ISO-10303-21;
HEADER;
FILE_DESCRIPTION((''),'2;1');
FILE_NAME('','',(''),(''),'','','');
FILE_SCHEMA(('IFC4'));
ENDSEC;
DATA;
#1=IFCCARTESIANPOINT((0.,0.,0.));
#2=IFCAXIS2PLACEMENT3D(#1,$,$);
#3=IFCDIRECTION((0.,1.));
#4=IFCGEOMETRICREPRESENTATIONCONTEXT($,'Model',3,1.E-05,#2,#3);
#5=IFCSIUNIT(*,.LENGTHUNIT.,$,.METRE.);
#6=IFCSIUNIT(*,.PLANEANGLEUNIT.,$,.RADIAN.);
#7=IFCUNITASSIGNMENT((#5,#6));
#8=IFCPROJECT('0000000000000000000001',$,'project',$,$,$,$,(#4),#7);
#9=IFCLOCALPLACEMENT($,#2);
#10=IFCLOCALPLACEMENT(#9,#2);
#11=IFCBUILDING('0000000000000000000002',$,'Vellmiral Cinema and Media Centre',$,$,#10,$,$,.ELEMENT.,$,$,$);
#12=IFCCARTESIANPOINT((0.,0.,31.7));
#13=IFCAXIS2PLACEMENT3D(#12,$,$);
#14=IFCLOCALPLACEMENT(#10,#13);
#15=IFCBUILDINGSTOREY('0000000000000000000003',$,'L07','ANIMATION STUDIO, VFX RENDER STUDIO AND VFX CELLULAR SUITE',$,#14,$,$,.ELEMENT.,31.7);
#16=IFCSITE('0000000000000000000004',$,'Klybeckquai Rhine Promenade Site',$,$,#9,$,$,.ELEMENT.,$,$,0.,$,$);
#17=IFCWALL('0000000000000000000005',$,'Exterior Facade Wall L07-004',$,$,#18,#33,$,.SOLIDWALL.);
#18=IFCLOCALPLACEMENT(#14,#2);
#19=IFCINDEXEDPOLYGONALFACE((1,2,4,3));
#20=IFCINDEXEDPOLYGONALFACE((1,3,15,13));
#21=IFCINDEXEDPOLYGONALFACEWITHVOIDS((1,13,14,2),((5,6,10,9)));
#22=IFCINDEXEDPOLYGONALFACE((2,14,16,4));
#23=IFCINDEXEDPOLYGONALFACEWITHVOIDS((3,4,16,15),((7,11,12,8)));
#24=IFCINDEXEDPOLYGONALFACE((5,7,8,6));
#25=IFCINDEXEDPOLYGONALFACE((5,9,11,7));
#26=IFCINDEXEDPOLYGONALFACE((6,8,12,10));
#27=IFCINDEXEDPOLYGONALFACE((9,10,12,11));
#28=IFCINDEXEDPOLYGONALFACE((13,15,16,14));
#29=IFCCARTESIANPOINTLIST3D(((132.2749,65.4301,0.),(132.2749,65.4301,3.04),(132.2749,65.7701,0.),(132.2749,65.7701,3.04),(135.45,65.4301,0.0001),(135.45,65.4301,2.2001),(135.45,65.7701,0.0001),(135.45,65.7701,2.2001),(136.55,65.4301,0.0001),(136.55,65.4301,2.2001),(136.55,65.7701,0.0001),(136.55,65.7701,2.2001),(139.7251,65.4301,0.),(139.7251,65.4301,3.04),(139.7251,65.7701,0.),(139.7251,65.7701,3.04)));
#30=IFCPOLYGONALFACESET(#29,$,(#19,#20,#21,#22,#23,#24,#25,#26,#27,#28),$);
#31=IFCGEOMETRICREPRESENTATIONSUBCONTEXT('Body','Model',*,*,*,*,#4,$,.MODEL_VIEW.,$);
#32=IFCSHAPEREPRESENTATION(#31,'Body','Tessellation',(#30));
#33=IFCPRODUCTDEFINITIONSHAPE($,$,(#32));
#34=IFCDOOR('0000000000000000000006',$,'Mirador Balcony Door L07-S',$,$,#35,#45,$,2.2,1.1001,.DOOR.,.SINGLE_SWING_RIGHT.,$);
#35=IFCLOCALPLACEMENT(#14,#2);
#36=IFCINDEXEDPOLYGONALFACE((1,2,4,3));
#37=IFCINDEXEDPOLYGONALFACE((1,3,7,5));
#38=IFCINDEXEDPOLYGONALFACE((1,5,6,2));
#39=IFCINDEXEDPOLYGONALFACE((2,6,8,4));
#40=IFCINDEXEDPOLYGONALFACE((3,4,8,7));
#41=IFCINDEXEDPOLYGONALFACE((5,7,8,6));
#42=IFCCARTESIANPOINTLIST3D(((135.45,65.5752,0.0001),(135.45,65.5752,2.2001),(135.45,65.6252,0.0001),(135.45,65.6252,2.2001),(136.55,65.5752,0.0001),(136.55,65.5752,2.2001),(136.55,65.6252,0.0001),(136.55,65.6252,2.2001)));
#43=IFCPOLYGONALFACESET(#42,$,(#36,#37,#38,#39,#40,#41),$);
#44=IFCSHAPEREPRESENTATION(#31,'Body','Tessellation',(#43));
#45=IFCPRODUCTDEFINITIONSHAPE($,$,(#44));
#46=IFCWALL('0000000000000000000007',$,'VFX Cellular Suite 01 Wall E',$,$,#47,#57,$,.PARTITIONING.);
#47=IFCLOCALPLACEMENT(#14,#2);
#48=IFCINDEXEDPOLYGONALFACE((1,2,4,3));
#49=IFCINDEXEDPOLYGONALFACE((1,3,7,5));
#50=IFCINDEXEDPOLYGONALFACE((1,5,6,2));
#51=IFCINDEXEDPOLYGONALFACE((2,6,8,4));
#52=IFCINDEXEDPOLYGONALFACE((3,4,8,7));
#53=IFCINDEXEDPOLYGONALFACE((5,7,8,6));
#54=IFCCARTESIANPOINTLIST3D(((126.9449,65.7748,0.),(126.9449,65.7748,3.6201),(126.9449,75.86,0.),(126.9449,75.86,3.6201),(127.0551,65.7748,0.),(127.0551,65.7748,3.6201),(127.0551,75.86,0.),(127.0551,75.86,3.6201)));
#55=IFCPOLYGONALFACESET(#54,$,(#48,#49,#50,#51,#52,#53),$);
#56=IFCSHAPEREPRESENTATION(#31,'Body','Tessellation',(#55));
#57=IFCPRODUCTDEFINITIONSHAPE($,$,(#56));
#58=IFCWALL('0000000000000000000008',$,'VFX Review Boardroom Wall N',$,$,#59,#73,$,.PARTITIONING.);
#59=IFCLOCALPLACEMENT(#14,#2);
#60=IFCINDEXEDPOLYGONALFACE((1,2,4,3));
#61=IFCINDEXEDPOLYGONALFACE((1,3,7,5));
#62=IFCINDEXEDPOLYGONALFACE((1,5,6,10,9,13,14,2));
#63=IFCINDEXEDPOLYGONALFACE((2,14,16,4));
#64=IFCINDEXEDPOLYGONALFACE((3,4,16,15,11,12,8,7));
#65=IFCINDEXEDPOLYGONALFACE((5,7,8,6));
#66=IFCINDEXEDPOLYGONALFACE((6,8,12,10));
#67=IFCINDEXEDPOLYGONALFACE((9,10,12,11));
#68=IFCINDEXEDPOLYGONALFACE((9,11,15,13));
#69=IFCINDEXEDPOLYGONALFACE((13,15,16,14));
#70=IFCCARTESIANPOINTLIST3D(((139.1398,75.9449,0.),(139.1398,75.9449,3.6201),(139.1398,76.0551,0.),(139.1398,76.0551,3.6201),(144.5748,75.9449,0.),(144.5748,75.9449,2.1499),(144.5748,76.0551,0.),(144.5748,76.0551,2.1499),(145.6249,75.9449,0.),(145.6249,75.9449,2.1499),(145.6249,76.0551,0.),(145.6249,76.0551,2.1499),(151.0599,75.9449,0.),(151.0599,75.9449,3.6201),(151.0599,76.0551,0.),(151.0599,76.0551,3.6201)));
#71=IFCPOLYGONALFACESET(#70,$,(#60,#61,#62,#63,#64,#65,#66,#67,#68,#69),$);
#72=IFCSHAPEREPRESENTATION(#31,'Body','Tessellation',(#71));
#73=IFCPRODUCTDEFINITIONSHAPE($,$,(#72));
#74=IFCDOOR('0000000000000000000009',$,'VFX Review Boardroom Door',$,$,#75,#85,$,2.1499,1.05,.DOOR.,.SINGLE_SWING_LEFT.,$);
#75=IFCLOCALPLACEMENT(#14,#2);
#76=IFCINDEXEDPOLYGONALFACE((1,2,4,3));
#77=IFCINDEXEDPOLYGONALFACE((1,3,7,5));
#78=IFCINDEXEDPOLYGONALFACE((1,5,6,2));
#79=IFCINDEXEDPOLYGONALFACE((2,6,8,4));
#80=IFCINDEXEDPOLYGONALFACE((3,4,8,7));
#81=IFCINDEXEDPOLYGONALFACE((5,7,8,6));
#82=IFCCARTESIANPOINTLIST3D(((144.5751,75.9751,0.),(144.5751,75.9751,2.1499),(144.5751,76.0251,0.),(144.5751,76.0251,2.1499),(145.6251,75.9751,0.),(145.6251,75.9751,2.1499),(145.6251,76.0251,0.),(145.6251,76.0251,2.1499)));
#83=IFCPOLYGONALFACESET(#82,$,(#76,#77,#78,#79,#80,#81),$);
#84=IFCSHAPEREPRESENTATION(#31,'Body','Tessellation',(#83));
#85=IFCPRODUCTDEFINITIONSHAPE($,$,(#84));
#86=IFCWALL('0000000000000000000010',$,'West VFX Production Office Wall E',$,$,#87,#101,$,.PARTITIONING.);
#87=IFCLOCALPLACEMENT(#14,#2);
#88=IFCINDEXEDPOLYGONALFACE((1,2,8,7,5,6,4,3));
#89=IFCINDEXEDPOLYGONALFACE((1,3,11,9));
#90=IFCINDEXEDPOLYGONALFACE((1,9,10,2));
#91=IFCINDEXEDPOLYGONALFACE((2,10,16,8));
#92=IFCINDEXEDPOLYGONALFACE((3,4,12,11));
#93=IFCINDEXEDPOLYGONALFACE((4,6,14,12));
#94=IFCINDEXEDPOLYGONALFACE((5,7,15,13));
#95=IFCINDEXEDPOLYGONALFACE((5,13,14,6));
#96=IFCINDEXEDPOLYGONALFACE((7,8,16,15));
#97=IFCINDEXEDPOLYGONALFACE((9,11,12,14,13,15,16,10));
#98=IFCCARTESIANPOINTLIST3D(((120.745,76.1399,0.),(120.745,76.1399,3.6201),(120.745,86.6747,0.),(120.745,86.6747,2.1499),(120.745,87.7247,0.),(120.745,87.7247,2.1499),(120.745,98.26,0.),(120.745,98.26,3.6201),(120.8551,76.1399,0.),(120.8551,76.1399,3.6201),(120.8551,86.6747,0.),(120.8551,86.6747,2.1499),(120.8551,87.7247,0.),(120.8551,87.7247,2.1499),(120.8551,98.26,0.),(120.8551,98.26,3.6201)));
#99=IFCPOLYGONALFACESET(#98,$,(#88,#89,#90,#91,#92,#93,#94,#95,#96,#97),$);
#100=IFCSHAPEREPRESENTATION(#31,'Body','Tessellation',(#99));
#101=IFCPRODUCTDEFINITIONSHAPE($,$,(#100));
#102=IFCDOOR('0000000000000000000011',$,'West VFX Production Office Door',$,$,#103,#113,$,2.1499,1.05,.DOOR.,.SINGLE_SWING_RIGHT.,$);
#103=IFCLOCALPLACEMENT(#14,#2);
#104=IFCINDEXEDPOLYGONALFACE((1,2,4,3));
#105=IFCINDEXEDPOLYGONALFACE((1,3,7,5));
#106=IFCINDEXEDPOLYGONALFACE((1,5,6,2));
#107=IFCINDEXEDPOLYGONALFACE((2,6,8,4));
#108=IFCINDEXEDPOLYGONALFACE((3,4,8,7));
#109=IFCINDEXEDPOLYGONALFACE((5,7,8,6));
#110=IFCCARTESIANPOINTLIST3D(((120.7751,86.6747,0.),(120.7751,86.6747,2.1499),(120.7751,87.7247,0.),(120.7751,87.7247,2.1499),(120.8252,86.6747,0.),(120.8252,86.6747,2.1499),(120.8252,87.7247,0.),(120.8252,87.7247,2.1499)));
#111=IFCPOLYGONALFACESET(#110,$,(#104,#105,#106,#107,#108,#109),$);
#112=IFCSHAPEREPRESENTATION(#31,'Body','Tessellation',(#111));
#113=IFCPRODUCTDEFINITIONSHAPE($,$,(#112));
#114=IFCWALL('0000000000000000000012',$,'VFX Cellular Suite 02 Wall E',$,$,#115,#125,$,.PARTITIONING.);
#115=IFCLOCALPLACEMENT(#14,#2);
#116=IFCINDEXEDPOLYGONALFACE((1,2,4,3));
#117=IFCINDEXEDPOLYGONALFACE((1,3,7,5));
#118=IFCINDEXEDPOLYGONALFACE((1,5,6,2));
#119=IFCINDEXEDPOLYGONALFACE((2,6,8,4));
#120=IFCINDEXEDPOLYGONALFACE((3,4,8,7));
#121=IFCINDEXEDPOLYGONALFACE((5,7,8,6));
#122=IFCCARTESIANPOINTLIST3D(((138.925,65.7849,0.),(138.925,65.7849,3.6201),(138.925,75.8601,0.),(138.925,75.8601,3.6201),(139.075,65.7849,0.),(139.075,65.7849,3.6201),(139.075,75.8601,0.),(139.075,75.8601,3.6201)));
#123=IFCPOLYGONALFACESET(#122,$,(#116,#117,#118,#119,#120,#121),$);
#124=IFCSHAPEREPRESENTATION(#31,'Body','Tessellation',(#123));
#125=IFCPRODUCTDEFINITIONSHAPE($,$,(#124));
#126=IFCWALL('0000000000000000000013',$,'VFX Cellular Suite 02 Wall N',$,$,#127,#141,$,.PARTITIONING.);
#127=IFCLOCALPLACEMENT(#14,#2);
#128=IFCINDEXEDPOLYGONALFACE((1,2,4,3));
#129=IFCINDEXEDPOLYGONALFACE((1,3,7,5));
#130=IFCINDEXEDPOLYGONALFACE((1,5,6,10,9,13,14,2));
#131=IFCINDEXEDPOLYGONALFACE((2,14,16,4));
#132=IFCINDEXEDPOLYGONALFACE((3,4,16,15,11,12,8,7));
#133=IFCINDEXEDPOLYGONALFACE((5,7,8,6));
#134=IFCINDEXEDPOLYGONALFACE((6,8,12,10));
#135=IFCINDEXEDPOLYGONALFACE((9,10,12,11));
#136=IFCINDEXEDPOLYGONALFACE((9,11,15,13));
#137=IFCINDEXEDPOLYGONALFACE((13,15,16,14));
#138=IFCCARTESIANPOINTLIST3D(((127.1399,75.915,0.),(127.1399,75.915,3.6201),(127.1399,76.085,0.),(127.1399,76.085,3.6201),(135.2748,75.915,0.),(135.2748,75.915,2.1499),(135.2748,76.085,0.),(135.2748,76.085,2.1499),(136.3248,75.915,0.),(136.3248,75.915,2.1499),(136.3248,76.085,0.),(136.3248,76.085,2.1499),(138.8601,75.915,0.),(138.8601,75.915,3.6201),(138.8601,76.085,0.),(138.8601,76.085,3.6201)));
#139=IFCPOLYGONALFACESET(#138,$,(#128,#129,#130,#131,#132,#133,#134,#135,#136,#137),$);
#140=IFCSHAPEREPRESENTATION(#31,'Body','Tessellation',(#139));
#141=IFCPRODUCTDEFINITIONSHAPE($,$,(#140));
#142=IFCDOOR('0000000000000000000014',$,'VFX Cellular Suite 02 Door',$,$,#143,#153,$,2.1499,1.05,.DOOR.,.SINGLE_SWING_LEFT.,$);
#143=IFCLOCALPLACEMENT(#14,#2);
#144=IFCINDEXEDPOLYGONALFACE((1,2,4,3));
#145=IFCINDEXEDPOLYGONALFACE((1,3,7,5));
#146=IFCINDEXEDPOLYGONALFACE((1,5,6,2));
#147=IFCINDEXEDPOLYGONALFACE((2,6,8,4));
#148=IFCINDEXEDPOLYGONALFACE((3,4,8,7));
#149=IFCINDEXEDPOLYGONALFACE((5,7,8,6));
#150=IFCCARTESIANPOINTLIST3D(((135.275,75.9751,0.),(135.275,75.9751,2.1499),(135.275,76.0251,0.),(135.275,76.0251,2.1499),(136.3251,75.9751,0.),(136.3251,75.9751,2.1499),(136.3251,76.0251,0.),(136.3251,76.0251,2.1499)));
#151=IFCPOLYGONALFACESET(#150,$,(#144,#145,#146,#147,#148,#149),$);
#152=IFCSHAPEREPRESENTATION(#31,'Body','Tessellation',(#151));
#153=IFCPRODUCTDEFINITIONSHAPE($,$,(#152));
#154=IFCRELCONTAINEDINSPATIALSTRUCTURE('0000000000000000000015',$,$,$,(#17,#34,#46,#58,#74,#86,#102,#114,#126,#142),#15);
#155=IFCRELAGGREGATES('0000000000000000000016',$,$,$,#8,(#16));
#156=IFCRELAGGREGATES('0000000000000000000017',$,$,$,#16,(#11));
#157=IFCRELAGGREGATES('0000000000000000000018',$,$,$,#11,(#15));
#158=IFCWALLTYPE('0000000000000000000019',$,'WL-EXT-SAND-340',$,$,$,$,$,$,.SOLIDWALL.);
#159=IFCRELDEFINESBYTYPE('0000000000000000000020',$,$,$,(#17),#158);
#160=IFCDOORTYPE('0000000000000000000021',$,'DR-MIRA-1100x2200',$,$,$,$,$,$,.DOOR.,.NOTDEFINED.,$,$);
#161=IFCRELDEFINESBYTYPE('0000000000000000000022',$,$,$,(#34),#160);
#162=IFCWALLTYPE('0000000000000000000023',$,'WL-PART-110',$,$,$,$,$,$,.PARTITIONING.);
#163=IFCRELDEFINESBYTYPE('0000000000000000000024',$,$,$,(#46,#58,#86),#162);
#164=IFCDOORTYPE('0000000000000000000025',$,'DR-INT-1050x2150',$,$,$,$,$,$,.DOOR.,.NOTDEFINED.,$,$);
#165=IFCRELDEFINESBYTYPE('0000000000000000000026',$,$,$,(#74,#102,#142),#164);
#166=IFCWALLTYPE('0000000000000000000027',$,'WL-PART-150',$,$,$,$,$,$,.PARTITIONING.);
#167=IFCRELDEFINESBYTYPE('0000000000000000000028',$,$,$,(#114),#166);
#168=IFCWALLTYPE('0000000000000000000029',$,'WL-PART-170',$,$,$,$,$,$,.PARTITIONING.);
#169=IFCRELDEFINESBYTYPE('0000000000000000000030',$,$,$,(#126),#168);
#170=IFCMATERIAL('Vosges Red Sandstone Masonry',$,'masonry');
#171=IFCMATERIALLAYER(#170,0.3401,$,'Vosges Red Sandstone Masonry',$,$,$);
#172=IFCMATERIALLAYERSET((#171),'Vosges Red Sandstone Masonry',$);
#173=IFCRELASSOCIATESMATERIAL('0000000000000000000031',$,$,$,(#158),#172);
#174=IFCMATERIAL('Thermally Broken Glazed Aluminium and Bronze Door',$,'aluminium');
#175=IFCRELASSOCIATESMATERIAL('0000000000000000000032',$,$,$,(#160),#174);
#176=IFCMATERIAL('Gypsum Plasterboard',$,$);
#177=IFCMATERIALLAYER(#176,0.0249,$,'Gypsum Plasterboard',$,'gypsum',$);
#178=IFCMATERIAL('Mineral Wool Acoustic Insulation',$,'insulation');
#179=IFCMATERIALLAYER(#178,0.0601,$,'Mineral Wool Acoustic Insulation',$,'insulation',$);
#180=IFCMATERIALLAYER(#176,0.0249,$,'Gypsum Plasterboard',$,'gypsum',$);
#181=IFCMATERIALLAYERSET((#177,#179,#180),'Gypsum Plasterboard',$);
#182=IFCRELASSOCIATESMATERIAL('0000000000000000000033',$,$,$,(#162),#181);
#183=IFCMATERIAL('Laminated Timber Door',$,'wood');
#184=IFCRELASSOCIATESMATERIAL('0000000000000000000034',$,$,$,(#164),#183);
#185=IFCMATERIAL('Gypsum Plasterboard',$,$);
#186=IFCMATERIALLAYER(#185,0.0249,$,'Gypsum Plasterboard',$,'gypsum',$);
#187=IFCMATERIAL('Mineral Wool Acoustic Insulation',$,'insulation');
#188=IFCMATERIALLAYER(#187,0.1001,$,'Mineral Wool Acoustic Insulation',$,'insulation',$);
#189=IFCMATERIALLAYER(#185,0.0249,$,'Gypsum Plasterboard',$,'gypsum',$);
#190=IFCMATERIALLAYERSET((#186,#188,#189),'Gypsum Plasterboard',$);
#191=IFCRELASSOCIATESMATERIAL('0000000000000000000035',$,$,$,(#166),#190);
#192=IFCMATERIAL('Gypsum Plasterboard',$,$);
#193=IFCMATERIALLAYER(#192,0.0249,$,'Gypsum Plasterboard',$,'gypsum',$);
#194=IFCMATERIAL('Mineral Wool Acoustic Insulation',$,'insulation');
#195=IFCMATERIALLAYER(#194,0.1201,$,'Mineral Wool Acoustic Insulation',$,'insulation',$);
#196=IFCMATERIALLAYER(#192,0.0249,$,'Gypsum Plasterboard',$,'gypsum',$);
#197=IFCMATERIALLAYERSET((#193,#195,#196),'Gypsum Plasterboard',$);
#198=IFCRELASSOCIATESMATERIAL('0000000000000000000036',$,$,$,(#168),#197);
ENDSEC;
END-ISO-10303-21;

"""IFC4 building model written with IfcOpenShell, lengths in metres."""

from ifc_helpers import new_model, si_unit, direction, frame, frame_2d, origin, place, context, subcontext, project, spatial, rectangle, extrude, material, layer, layer_set, type_object, element, fill, save


model = new_model("IFC4")

# Units and contexts
model_context = context("Model", 3, precision=1e-05, world=origin(), true_north=direction((0.0, 1.0)))
body_context = subcontext(model_context, "Body", "Model", "MODEL_VIEW")
ifc_project = project(units=[si_unit("LENGTHUNIT", "METRE"), si_unit("PLANEANGLEUNIT", "RADIAN")], contexts=[model_context])

# Site, building, storey
site_placement = place(None, origin())
site = spatial("IfcSite", under=ifc_project, at=site_placement, Name="Klybeckquai Rhine Promenade Site", CompositionType="ELEMENT", RefElevation=0.0)
building_placement = place(site_placement, origin())
building = spatial("IfcBuilding", under=site, at=building_placement, Name="Vellmiral Cinema and Media Centre", CompositionType="ELEMENT")
storey_placement = place(building_placement, frame((0.0, 0.0, 31.7)))
storey = spatial("IfcBuildingStorey", under=building, at=storey_placement, Name="L07", Description="ANIMATION STUDIO, VFX RENDER STUDIO AND VFX CELLULAR SUITE", CompositionType="ELEMENT", Elevation=31.7)

# Wall, opening, door
ifc_material_1 = material(Name="Vosges Red Sandstone Masonry", Category="masonry")
ifc_layer_1 = layer(ifc_material_1, 0.3401, Name="Vosges Red Sandstone Masonry")
ifc_layer_set_1 = layer_set([ifc_layer_1], Name="Vosges Red Sandstone Masonry")
wall_type_1 = type_object("IfcWallType", Name="WL-EXT-SAND-340", PredefinedType="SOLIDWALL", material=ifc_layer_set_1)
wall_1_placement = place(storey_placement, frame((132.2749, 65.6001, 0.0), z_axis=(0.0, 0.0, 1.0), x_axis=(1.0, 0.0, 0.0)))
wall_1 = element("IfcWall", 1, at=wall_1_placement, inside=storey, type_object=wall_type_1, Name="Exterior Facade Wall L07-004", PredefinedType="SOLIDWALL", context=body_context, shape_type="SweptSolid", body=[
    extrude(rectangle(XDim=7.4502, YDim=0.3401, at=frame_2d((3.7251, 0.0))), origin(), (0.0, 0.0, 1.0), 3.04),
])
opening_1_placement = place(wall_1_placement, frame((3.175, 0.0, 0.0)))
opening_1 = element("IfcOpeningElement", 2, at=opening_1_placement, cuts=wall_1, PredefinedType="OPENING", context=body_context, shape_type="SweptSolid", body=[
    extrude(rectangle(XDim=1.1001, YDim=2.2, at=frame_2d((0.55, 1.1001))), frame((0.0, 0.1821, 0.0), z_axis=(0.0, -1.0, 0.0), x_axis=(1.0, 0.0, 0.0)), (0.0, 0.0, 1.0), 0.364),
])
ifc_material_2 = material(Name="Thermally Broken Glazed Aluminium and Bronze Door", Category="aluminium")
door_type_1 = type_object("IfcDoorType", Name="DR-MIRA-1100x2200", OperationType="NOTDEFINED", PredefinedType="DOOR", material=ifc_material_2)
door_1_placement = place(opening_1_placement, frame((1.1001, 0.0, 0.0), z_axis=(0.0, 0.0, 1.0), x_axis=(-1.0, 0.0, 0.0)))
door_1 = element("IfcDoor", 3, at=door_1_placement, inside=storey, type_object=door_type_1, Name="Mirador Balcony Door L07-S", OperationType="SINGLE_SWING_RIGHT", OverallHeight=2.2, OverallWidth=1.1001, PredefinedType="DOOR", context=body_context, shape_type="SweptSolid", body=[
    extrude(rectangle(XDim=1.1001, YDim=2.2, at=frame_2d((0.55, 1.1001))), frame((0.0, 0.0249, 0.0), z_axis=(0.0, -1.0, 0.0), x_axis=(1.0, 0.0, 0.0)), (0.0, 0.0, 1.0), 0.05),
])
fill(opening_1, door_1)

# Wall
ifc_material_3 = material(Name="Gypsum Plasterboard")
ifc_layer_2 = layer(ifc_material_3, 0.0249, Name="Gypsum Plasterboard", Category="gypsum")
ifc_material_4 = material(Name="Mineral Wool Acoustic Insulation", Category="insulation")
ifc_layer_3 = layer(ifc_material_4, 0.0601, Name="Mineral Wool Acoustic Insulation", Category="insulation")
ifc_layer_4 = layer(ifc_material_3, 0.0249, Name="Gypsum Plasterboard", Category="gypsum")
ifc_layer_set_2 = layer_set([ifc_layer_2, ifc_layer_3, ifc_layer_4], Name="Gypsum Plasterboard")
wall_type_2 = type_object("IfcWallType", Name="WL-PART-110", PredefinedType="PARTITIONING", material=ifc_layer_set_2)
wall_2_placement = place(storey_placement, frame((127.0, 65.7749, 0.0), z_axis=(0.0, 0.0, 1.0), x_axis=(0.0, 1.0, 0.0)))
element("IfcWall", 4, at=wall_2_placement, inside=storey, type_object=wall_type_2, Name="VFX Cellular Suite 01 Wall E", PredefinedType="PARTITIONING", context=body_context, shape_type="SweptSolid", body=[
    extrude(rectangle(XDim=10.0852, YDim=0.1101, at=frame_2d((5.0425, 0.0))), origin(), (0.0, 0.0, 1.0), 3.6201),
])

# Walls, openings, doors
wall_3_placement = place(storey_placement, frame((139.1399, 76.0, 0.0), z_axis=(0.0, 0.0, 1.0), x_axis=(1.0, 0.0, 0.0)))
wall_3 = element("IfcWall", 5, at=wall_3_placement, inside=storey, type_object=wall_type_2, Name="VFX Review Boardroom Wall N", PredefinedType="PARTITIONING", context=body_context, shape_type="SweptSolid", body=[
    extrude(rectangle(XDim=11.9202, YDim=0.1101, at=frame_2d((5.96, 0.0))), origin(), (0.0, 0.0, 1.0), 3.6201),
])
opening_2_placement = place(wall_3_placement, frame((5.4351, 0.0, 0.0)))
opening_2 = element("IfcOpeningElement", 6, at=opening_2_placement, cuts=wall_3, PredefinedType="OPENING", context=body_context, shape_type="SweptSolid", body=[
    extrude(rectangle(XDim=1.05, YDim=2.1499, at=frame_2d((0.5249, 1.075))), frame((0.0, 0.0669, 0.0), z_axis=(0.0, -1.0, 0.0), x_axis=(1.0, 0.0, 0.0)), (0.0, 0.0, 1.0), 0.134),
])
ifc_material_5 = material(Name="Laminated Timber Door", Category="wood")
door_type_2 = type_object("IfcDoorType", Name="DR-INT-1050x2150", OperationType="NOTDEFINED", PredefinedType="DOOR", material=ifc_material_5)
door_2_placement = place(opening_2_placement, frame((1.05, 0.0, 0.0), z_axis=(0.0, 0.0, 1.0), x_axis=(-1.0, 0.0, 0.0)))
door_2 = element("IfcDoor", 7, at=door_2_placement, inside=storey, type_object=door_type_2, Name="VFX Review Boardroom Door", OperationType="SINGLE_SWING_LEFT", OverallHeight=2.1499, OverallWidth=1.05, PredefinedType="DOOR", context=body_context, shape_type="SweptSolid", body=[
    extrude(rectangle(XDim=1.05, YDim=2.1499, at=frame_2d((0.5249, 1.075))), frame((0.0, 0.0249, 0.0), z_axis=(0.0, -1.0, 0.0), x_axis=(1.0, 0.0, 0.0)), (0.0, 0.0, 1.0), 0.05),
])
fill(opening_2, door_2)
wall_4_placement = place(storey_placement, frame((120.8, 76.1399, 0.0), z_axis=(0.0, 0.0, 1.0), x_axis=(0.0, 1.0, 0.0)))
wall_4 = element("IfcWall", 8, at=wall_4_placement, inside=storey, type_object=wall_type_2, Name="West VFX Production Office Wall E", PredefinedType="PARTITIONING", context=body_context, shape_type="SweptSolid", body=[
    extrude(rectangle(XDim=22.1201, YDim=0.1101, at=frame_2d((11.0601, 0.0))), origin(), (0.0, 0.0, 1.0), 3.6201),
])
opening_3_placement = place(wall_4_placement, frame((10.5349, 0.0, 0.0)))
opening_3 = element("IfcOpeningElement", 9, at=opening_3_placement, cuts=wall_4, PredefinedType="OPENING", context=body_context, shape_type="SweptSolid", body=[
    extrude(rectangle(XDim=1.05, YDim=2.1499, at=frame_2d((0.5249, 1.075))), frame((0.0, 0.0669, 0.0), z_axis=(0.0, -1.0, 0.0), x_axis=(1.0, 0.0, 0.0)), (0.0, 0.0, 1.0), 0.134),
])
door_3_placement = place(opening_3_placement, origin())
door_3 = element("IfcDoor", 10, at=door_3_placement, inside=storey, type_object=door_type_2, Name="West VFX Production Office Door", OperationType="SINGLE_SWING_RIGHT", OverallHeight=2.1499, OverallWidth=1.05, PredefinedType="DOOR", context=body_context, shape_type="SweptSolid", body=[
    extrude(rectangle(XDim=1.05, YDim=2.1499, at=frame_2d((0.5249, 1.075))), frame((0.0, 0.0249, 0.0), z_axis=(0.0, -1.0, 0.0), x_axis=(1.0, 0.0, 0.0)), (0.0, 0.0, 1.0), 0.05),
])
fill(opening_3, door_3)

# Wall
ifc_material_6 = material(Name="Gypsum Plasterboard")
ifc_layer_5 = layer(ifc_material_6, 0.0249, Name="Gypsum Plasterboard", Category="gypsum")
ifc_material_7 = material(Name="Mineral Wool Acoustic Insulation", Category="insulation")
ifc_layer_6 = layer(ifc_material_7, 0.1001, Name="Mineral Wool Acoustic Insulation", Category="insulation")
ifc_layer_7 = layer(ifc_material_6, 0.0249, Name="Gypsum Plasterboard", Category="gypsum")
ifc_layer_set_3 = layer_set([ifc_layer_5, ifc_layer_6, ifc_layer_7], Name="Gypsum Plasterboard")
wall_type_3 = type_object("IfcWallType", Name="WL-PART-150", PredefinedType="PARTITIONING", material=ifc_layer_set_3)
wall_5_placement = place(storey_placement, frame((139.0, 65.7849, 0.0), z_axis=(0.0, 0.0, 1.0), x_axis=(0.0, 1.0, 0.0)))
element("IfcWall", 11, at=wall_5_placement, inside=storey, type_object=wall_type_3, Name="VFX Cellular Suite 02 Wall E", PredefinedType="PARTITIONING", context=body_context, shape_type="SweptSolid", body=[
    extrude(rectangle(XDim=10.0752, YDim=0.1499, at=frame_2d((5.0376, 0.0))), origin(), (0.0, 0.0, 1.0), 3.6201),
])

# Wall, opening, door
ifc_material_8 = material(Name="Gypsum Plasterboard")
ifc_layer_8 = layer(ifc_material_8, 0.0249, Name="Gypsum Plasterboard", Category="gypsum")
ifc_material_9 = material(Name="Mineral Wool Acoustic Insulation", Category="insulation")
ifc_layer_9 = layer(ifc_material_9, 0.1201, Name="Mineral Wool Acoustic Insulation", Category="insulation")
ifc_layer_10 = layer(ifc_material_8, 0.0249, Name="Gypsum Plasterboard", Category="gypsum")
ifc_layer_set_4 = layer_set([ifc_layer_8, ifc_layer_9, ifc_layer_10], Name="Gypsum Plasterboard")
wall_type_4 = type_object("IfcWallType", Name="WL-PART-170", PredefinedType="PARTITIONING", material=ifc_layer_set_4)
wall_6_placement = place(storey_placement, frame((127.1399, 76.0, 0.0), z_axis=(0.0, 0.0, 1.0), x_axis=(1.0, 0.0, 0.0)))
wall_6 = element("IfcWall", 12, at=wall_6_placement, inside=storey, type_object=wall_type_4, Name="VFX Cellular Suite 02 Wall N", PredefinedType="PARTITIONING", context=body_context, shape_type="SweptSolid", body=[
    extrude(rectangle(XDim=11.7202, YDim=0.1699, at=frame_2d((5.8601, 0.0))), origin(), (0.0, 0.0, 1.0), 3.6201),
])
opening_4_placement = place(wall_6_placement, frame((8.135, 0.0, 0.0)))
opening_4 = element("IfcOpeningElement", 13, at=opening_4_placement, cuts=wall_6, PredefinedType="OPENING", context=body_context, shape_type="SweptSolid", body=[
    extrude(rectangle(XDim=1.05, YDim=2.1499, at=frame_2d((0.5249, 1.075))), frame((0.0, 0.0969, 0.0), z_axis=(0.0, -1.0, 0.0), x_axis=(1.0, 0.0, 0.0)), (0.0, 0.0, 1.0), 0.1938),
])
door_4_placement = place(opening_4_placement, frame((1.05, 0.0, 0.0), z_axis=(0.0, 0.0, 1.0), x_axis=(-1.0, 0.0, 0.0)))
door_4 = element("IfcDoor", 14, at=door_4_placement, inside=storey, type_object=door_type_2, Name="VFX Cellular Suite 02 Door", OperationType="SINGLE_SWING_LEFT", OverallHeight=2.1499, OverallWidth=1.05, PredefinedType="DOOR", context=body_context, shape_type="SweptSolid", body=[
    extrude(rectangle(XDim=1.05, YDim=2.1499, at=frame_2d((0.5249, 1.075))), frame((0.0, 0.0249, 0.0), z_axis=(0.0, -1.0, 0.0), x_axis=(1.0, 0.0, 0.0)), (0.0, 0.0, 1.0), 0.05),
])
fill(opening_4, door_4)

save(model, "model.ifc")
